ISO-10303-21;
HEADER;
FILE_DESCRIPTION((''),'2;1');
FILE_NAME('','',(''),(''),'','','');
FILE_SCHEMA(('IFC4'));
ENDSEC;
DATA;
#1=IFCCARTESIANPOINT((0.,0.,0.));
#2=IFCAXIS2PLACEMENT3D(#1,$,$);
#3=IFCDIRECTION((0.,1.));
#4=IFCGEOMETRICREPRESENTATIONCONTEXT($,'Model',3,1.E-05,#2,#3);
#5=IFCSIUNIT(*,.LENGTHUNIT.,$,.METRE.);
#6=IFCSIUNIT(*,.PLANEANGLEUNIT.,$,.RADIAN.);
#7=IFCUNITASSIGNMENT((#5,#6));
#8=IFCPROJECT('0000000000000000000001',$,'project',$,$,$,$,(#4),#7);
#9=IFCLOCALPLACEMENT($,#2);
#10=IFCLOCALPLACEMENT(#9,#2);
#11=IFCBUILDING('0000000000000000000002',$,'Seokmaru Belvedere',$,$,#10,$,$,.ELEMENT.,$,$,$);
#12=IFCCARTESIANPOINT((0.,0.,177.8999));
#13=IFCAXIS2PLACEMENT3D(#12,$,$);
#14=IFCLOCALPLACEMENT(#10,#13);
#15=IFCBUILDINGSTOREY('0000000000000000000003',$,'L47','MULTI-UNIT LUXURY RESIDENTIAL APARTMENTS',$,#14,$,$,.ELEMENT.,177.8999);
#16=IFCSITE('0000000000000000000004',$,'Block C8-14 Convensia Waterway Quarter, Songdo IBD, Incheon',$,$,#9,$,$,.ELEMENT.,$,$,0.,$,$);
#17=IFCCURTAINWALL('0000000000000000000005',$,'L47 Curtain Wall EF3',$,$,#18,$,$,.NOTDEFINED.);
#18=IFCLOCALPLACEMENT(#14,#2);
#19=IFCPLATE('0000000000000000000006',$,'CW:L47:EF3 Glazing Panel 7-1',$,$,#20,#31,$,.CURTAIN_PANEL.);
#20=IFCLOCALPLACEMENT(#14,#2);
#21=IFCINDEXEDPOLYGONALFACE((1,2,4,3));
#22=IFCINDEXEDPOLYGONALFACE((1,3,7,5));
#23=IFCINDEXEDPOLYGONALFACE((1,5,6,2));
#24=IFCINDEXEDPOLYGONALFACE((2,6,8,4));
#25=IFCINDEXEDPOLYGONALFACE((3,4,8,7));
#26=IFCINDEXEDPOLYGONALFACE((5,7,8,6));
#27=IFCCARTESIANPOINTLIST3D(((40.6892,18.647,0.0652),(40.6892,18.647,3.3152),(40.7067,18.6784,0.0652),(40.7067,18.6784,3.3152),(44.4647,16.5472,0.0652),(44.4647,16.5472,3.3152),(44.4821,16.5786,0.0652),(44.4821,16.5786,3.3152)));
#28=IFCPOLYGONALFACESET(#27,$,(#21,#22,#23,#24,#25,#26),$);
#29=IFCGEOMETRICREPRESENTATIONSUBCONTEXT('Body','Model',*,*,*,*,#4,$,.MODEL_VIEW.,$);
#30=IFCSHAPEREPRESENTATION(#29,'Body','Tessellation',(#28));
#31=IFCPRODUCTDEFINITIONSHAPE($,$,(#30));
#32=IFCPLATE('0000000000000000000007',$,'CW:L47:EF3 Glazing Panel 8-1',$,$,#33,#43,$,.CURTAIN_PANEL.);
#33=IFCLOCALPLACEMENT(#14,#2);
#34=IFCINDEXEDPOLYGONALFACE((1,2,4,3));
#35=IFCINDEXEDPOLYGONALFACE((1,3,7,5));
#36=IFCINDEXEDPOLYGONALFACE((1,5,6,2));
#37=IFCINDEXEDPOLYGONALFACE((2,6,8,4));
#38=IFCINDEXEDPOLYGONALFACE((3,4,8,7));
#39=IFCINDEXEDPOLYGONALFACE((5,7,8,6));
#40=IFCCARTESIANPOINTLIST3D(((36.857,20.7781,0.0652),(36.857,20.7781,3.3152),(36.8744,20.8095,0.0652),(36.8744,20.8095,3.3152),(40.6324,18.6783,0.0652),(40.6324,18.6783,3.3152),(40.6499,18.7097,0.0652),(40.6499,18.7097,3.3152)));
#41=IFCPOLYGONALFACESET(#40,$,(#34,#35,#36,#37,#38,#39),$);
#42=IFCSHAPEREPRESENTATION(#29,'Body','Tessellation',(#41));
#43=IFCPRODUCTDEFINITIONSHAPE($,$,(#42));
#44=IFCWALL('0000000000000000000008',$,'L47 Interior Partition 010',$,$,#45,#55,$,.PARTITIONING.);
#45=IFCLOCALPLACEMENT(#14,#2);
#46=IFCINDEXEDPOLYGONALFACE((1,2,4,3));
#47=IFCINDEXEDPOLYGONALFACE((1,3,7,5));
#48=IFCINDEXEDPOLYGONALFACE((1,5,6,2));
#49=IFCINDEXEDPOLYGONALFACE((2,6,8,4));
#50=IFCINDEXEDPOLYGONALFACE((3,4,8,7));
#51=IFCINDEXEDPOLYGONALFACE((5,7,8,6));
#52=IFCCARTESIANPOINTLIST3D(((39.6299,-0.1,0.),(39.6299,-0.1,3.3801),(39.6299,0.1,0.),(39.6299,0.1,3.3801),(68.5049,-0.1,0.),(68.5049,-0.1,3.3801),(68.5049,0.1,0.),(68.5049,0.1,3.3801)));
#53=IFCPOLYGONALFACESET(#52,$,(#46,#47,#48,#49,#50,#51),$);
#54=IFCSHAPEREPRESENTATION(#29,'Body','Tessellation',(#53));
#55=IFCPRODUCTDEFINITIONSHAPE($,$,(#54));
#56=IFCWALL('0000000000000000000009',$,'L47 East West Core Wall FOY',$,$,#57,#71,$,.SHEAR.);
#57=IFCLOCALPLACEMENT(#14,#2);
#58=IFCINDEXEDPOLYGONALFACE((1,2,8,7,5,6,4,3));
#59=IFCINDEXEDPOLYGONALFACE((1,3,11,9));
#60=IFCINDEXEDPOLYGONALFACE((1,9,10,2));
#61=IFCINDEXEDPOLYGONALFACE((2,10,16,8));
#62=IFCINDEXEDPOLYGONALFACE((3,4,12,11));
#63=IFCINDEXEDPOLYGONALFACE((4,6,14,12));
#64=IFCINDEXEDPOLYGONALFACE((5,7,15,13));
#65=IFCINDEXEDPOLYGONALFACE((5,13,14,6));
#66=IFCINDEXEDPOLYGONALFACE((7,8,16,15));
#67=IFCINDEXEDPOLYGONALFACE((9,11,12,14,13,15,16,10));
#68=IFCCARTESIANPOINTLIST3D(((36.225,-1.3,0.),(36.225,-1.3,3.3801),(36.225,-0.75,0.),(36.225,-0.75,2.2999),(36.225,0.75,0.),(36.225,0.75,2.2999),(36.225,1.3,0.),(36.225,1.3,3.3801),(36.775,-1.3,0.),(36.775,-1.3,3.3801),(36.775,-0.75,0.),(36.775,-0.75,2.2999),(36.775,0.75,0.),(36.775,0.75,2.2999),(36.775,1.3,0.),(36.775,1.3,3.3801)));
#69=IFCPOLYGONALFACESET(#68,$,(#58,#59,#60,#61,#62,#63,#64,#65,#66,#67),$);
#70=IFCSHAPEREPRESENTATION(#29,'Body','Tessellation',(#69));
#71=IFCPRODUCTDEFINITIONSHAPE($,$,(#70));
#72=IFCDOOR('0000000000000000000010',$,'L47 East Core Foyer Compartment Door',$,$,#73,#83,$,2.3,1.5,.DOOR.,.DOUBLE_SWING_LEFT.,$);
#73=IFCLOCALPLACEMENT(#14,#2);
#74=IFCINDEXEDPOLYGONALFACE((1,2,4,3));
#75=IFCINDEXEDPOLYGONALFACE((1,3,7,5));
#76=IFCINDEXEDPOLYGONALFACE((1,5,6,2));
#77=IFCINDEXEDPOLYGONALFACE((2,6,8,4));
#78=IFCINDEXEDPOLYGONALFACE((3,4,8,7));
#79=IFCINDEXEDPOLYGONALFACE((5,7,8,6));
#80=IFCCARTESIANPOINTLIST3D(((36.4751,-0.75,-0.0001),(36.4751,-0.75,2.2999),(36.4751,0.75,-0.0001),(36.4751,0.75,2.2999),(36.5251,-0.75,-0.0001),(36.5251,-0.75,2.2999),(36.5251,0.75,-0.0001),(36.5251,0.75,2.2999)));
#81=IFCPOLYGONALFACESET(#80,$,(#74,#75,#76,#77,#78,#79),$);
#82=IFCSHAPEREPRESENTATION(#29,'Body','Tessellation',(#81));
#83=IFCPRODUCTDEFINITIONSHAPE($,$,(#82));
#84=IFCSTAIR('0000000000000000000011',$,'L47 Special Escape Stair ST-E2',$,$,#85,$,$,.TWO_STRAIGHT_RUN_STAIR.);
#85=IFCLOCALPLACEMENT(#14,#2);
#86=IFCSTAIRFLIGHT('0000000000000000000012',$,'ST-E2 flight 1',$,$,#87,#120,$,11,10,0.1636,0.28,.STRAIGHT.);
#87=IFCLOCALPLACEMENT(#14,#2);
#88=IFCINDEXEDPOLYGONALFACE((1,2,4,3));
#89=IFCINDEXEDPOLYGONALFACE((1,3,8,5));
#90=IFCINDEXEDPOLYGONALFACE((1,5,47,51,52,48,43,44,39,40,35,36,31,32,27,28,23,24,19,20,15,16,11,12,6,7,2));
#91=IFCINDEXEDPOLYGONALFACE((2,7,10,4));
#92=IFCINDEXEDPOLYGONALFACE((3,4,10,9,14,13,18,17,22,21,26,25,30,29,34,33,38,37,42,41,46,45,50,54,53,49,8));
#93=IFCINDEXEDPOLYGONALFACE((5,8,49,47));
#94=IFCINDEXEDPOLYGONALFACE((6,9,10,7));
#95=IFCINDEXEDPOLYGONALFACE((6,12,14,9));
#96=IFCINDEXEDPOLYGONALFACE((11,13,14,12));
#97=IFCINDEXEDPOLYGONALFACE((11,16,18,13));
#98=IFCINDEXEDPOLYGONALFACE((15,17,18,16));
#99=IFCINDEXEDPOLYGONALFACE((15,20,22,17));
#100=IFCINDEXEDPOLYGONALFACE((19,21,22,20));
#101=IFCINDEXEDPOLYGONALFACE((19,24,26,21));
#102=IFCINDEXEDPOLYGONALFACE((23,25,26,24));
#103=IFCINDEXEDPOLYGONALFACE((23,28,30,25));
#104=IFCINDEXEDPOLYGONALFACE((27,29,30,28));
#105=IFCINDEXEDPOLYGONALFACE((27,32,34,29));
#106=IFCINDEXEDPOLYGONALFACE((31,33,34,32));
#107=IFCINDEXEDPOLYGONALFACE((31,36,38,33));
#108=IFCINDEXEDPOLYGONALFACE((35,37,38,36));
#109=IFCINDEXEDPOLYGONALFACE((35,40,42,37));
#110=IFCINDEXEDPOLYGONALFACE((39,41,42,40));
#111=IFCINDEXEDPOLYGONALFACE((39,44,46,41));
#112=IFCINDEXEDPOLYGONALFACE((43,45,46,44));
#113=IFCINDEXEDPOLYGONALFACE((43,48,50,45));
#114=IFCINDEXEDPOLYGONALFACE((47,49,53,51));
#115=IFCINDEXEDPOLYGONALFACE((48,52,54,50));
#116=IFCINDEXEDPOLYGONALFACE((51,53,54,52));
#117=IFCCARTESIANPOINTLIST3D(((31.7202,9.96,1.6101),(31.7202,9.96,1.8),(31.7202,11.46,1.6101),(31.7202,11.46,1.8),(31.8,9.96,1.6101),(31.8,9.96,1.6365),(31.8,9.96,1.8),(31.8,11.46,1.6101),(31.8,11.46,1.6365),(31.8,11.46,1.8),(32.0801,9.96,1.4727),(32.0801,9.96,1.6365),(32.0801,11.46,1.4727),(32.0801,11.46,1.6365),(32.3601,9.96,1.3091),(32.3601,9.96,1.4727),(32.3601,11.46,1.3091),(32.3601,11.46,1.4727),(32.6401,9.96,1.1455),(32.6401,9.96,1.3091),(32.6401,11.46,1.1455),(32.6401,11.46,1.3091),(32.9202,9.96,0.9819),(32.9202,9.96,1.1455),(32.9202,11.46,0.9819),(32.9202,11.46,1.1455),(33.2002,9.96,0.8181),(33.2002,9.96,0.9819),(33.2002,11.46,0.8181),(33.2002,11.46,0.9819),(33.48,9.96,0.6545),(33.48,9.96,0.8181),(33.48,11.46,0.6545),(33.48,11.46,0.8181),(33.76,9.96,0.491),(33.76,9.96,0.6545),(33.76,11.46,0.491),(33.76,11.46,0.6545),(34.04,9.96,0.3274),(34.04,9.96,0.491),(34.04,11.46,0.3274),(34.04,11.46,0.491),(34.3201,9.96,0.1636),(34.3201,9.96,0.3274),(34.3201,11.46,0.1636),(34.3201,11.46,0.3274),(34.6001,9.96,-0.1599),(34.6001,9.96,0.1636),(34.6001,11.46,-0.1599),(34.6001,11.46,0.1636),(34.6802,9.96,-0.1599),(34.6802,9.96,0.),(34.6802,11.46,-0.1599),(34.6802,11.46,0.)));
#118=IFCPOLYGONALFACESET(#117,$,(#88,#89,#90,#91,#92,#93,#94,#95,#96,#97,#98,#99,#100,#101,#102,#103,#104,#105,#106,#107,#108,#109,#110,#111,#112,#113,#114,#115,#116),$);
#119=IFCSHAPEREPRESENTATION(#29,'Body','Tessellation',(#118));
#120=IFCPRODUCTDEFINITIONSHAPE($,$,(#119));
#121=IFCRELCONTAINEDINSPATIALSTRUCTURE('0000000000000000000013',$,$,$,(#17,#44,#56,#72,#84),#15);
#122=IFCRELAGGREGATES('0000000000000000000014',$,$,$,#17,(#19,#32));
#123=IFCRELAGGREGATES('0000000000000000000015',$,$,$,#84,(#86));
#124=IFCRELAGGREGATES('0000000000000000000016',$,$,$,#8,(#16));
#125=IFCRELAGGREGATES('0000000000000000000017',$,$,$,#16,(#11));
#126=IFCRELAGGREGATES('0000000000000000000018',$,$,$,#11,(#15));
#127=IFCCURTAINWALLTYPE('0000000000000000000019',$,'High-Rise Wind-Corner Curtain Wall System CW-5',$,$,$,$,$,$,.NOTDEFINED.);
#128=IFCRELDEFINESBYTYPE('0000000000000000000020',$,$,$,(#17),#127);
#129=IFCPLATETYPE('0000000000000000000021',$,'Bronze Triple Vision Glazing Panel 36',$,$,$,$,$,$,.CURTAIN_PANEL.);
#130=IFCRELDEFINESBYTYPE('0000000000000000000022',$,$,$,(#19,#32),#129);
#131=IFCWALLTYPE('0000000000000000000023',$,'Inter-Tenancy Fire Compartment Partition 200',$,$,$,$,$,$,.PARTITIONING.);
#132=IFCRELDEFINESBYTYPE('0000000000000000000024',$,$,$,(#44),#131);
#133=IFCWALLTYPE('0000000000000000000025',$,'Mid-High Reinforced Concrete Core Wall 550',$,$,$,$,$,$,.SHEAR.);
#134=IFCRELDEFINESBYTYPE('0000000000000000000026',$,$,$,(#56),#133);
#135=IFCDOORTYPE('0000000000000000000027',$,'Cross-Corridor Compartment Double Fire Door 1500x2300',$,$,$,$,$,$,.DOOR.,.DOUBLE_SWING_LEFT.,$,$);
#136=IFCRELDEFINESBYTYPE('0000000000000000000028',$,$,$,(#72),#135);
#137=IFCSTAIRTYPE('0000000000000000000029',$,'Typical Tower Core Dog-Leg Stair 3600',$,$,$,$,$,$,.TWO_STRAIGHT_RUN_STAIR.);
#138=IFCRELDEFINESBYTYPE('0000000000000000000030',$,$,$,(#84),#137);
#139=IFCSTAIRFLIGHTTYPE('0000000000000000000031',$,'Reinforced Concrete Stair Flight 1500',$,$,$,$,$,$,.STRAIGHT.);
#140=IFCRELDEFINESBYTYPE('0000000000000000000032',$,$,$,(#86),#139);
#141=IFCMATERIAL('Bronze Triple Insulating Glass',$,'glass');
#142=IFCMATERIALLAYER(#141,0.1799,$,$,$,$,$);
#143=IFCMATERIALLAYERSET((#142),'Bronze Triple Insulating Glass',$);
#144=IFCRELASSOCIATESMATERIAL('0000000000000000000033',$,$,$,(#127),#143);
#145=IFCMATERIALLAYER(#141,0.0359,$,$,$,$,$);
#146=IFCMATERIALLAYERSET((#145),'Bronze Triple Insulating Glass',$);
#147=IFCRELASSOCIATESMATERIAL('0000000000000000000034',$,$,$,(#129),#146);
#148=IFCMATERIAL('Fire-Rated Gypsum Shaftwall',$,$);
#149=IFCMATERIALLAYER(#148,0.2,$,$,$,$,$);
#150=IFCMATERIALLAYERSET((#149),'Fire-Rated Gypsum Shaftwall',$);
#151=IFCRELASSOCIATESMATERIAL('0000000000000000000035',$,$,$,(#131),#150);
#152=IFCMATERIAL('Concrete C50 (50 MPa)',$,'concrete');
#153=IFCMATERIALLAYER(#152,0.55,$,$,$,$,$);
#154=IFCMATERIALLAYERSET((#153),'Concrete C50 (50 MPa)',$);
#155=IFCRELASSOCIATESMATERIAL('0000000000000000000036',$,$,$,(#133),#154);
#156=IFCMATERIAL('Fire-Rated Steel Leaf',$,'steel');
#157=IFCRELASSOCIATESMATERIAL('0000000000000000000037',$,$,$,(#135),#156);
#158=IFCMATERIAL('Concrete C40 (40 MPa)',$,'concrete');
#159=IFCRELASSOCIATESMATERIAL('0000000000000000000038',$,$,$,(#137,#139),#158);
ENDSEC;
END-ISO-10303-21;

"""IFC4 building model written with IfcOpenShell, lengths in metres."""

from ifc_helpers import new_model, si_unit, direction, frame, frame_2d, origin, origin_2d, place, context, subcontext, project, spatial, polyline, rectangle, outline, extrude, source, transform, mapped, material, layer, layer_set, type_object, type_shapes, element, fill, aggregate, save


model = new_model("IFC4")

# Units and contexts
model_context = context("Model", 3, precision=1e-05, world=origin(), true_north=direction((0.0, 1.0)))
body_context = subcontext(model_context, "Body", "Model", "MODEL_VIEW")
ifc_project = project(units=[si_unit("LENGTHUNIT", "METRE"), si_unit("PLANEANGLEUNIT", "RADIAN")], contexts=[model_context])

# Site, building, storey
site_placement = place(None, origin())
site = spatial("IfcSite", under=ifc_project, at=site_placement, Name="Block C8-14 Convensia Waterway Quarter, Songdo IBD, Incheon", CompositionType="ELEMENT", RefElevation=0.0)
building_placement = place(site_placement, origin())
building = spatial("IfcBuilding", under=site, at=building_placement, Name="Seokmaru Belvedere", CompositionType="ELEMENT")
storey_placement = place(building_placement, frame((0.0, 0.0, 177.8999)))
storey = spatial("IfcBuildingStorey", under=building, at=storey_placement, Name="L47", Description="MULTI-UNIT LUXURY RESIDENTIAL APARTMENTS", CompositionType="ELEMENT", Elevation=177.8999)

# Curtain wall, plates
ifc_material_1 = material(Name="Bronze Triple Insulating Glass", Category="glass")
ifc_layer_1 = layer(ifc_material_1, 0.1799)
ifc_layer_set_1 = layer_set([ifc_layer_1], Name="Bronze Triple Insulating Glass")
curtain_wall_type = type_object("IfcCurtainWallType", Name="High-Rise Wind-Corner Curtain Wall System CW-5", PredefinedType="NOTDEFINED", material=ifc_layer_set_1)
curtain_wall_placement = place(storey_placement, origin())
curtain_wall = element("IfcCurtainWall", 1, at=curtain_wall_placement, inside=storey, type_object=curtain_wall_type, Name="L47 Curtain Wall EF3", PredefinedType="NOTDEFINED")
ifc_layer_2 = layer(ifc_material_1, 0.0359)
ifc_layer_set_2 = layer_set([ifc_layer_2], Name="Bronze Triple Insulating Glass")
plate_type = type_object("IfcPlateType", Name="Bronze Triple Vision Glazing Panel 36", PredefinedType="CURTAIN_PANEL", material=ifc_layer_set_2)
shared_shape_1 = source(origin(), body_context, "Body", "SweptSolid", [
    extrude(rectangle(XDim=4.3201, YDim=0.0359, at=origin_2d()), origin(), (0.0, 0.0, 1.0), 3.25),
])
plate_1_placement = place(storey_placement, frame((42.5857, 17.6128, 0.0652), z_axis=(0.0, 0.0, 1.0), x_axis=(-0.873933, 0.486047, 0.0)))
plate_1 = element("IfcPlate", 2, at=plate_1_placement, type_object=plate_type, Name="CW:L47:EF3 Glazing Panel 7-1", PredefinedType="CURTAIN_PANEL", context=body_context, shape_type="MappedRepresentation", body=[
    mapped(shared_shape_1, transform((0.0, 0.0, 0.0), scale=1.0)),
])
plate_2_placement = place(storey_placement, frame((38.7534, 19.7439, 0.0652), z_axis=(0.0, 0.0, 1.0), x_axis=(-0.873933, 0.486047, 0.0)))
plate_2 = element("IfcPlate", 3, at=plate_2_placement, type_object=plate_type, Name="CW:L47:EF3 Glazing Panel 8-1", PredefinedType="CURTAIN_PANEL", context=body_context, shape_type="MappedRepresentation", body=[
    mapped(shared_shape_1, transform((0.0, 0.0, 0.0), scale=1.0)),
])
aggregate(curtain_wall, [plate_1, plate_2])

# Wall
ifc_material_2 = material(Name="Fire-Rated Gypsum Shaftwall")
ifc_layer_3 = layer(ifc_material_2, 0.2)
ifc_layer_set_3 = layer_set([ifc_layer_3], Name="Fire-Rated Gypsum Shaftwall")
wall_type_1 = type_object("IfcWallType", Name="Inter-Tenancy Fire Compartment Partition 200", PredefinedType="PARTITIONING", material=ifc_layer_set_3)
wall_1_placement = place(storey_placement, frame((39.6299, 0.0, 0.0), z_axis=(0.0, 0.0, 1.0), x_axis=(1.0, 0.0, 0.0)))
element("IfcWall", 4, at=wall_1_placement, inside=storey, type_object=wall_type_1, Name="L47 Interior Partition 010", PredefinedType="PARTITIONING", context=body_context, shape_type="SweptSolid", body=[
    extrude(rectangle(XDim=28.875, YDim=0.2, at=frame_2d((14.4375, 0.0))), origin(), (0.0, 0.0, 1.0), 3.3801),
])

# Wall, opening, door
ifc_material_3 = material(Name="Concrete C50 (50 MPa)", Category="concrete")
ifc_layer_4 = layer(ifc_material_3, 0.55)
ifc_layer_set_4 = layer_set([ifc_layer_4], Name="Concrete C50 (50 MPa)")
wall_type_2 = type_object("IfcWallType", Name="Mid-High Reinforced Concrete Core Wall 550", PredefinedType="SHEAR", material=ifc_layer_set_4)
wall_2_placement = place(storey_placement, frame((36.5, -1.3, 0.0), z_axis=(0.0, 0.0, 1.0), x_axis=(0.0, 1.0, 0.0)))
wall_2 = element("IfcWall", 5, at=wall_2_placement, inside=storey, type_object=wall_type_2, Name="L47 East West Core Wall FOY", PredefinedType="SHEAR", context=body_context, shape_type="SweptSolid", body=[
    extrude(rectangle(XDim=2.6001, YDim=0.55, at=frame_2d((1.3, 0.0))), origin(), (0.0, 0.0, 1.0), 3.3801),
])
opening_1_placement = place(wall_2_placement, frame((0.55, 0.0, 0.0)))
opening_1 = element("IfcOpeningElement", 6, at=opening_1_placement, cuts=wall_2, PredefinedType="OPENING", context=body_context, shape_type="SweptSolid", body=[
    extrude(rectangle(XDim=1.5, YDim=2.3, at=frame_2d((0.75, 1.1499))), frame((0.0, 0.2852, 0.0), z_axis=(0.0, -1.0, 0.0), x_axis=(1.0, 0.0, 0.0)), (0.0, 0.0, 1.0), 0.5701),
])
ifc_material_4 = material(Name="Fire-Rated Steel Leaf", Category="steel")
door_type_1 = type_object("IfcDoorType", Name="Cross-Corridor Compartment Double Fire Door 1500x2300", OperationType="DOUBLE_SWING_LEFT", PredefinedType="DOOR", material=ifc_material_4)
shared_shape_2 = source(origin(), body_context, "Body", "SweptSolid", [
    extrude(rectangle(XDim=1.5, YDim=2.3, at=frame_2d((0.75, 1.1499))), frame((0.0, 0.0249, 0.0), z_axis=(0.0, -1.0, 0.0), x_axis=(1.0, 0.0, 0.0)), (0.0, 0.0, 1.0), 0.05),
])
type_shapes(door_type_1, [shared_shape_2])
door_1_placement = place(opening_1_placement, origin())
door_1 = element("IfcDoor", 7, at=door_1_placement, inside=storey, type_object=door_type_1, Name="L47 East Core Foyer Compartment Door", OperationType="DOUBLE_SWING_LEFT", OverallHeight=2.3, OverallWidth=1.5, PredefinedType="DOOR", context=body_context, shape_type="MappedRepresentation", body=[
    mapped(shared_shape_2, transform((0.0, 0.0, 0.0), scale=1.0)),
])
fill(opening_1, door_1)

# Stair, stair flight
ifc_material_5 = material(Name="Concrete C40 (40 MPa)", Category="concrete")
stair_type = type_object("IfcStairType", Name="Typical Tower Core Dog-Leg Stair 3600", PredefinedType="TWO_STRAIGHT_RUN_STAIR", material=ifc_material_5)
stair_placement = place(storey_placement, origin())
stair = element("IfcStair", 8, at=stair_placement, inside=storey, type_object=stair_type, Name="L47 Special Escape Stair ST-E2", PredefinedType="TWO_STRAIGHT_RUN_STAIR")
stair_flight_type = type_object("IfcStairFlightType", Name="Reinforced Concrete Stair Flight 1500", PredefinedType="STRAIGHT", material=ifc_material_5)
stair_flight_placement = place(storey_placement, frame((34.6001, 10.71, 0.0), z_axis=(0.0, 0.0, 1.0), x_axis=(-1.0, 0.0, 0.0)))
stair_flight = element("IfcStairFlight", 9, at=stair_flight_placement, type_object=stair_flight_type, Name="ST-E2 flight 1", NumberOfRisers=11, NumberOfTreads=10, PredefinedType="STRAIGHT", RiserHeight=0.1636, TreadLength=0.28, context=body_context, shape_type="SweptSolid", body=[
    extrude(outline(polyline([(-0.0801, 0.0), (0.0, 0.1636), (0.28, 0.1636), (0.28, 0.3274), (0.5601, 0.3274), (0.5601, 0.491), (0.8401, 0.491), (0.8401, 0.6545), (1.1201, 0.6545), (1.1201, 0.8181), (1.3999, 0.8181), (1.3999, 0.9819), (1.6799, 0.9819), (1.6799, 1.1455), (1.96, 1.1455), (1.96, 1.3091), (2.24, 1.3091), (2.24, 1.4727), (2.52, 1.4727), (2.52, 1.6365), (2.8, 1.6365), (2.8, 1.8), (2.8799, 1.8), (2.8799, 1.6101), (2.8, 1.6101), (0.0, -0.1599), (-0.0801, -0.1599), (-0.0801, 0.0)])), frame((0.0, 0.75, 0.0), z_axis=(0.0, -1.0, 0.0), x_axis=(1.0, 0.0, 0.0)), (0.0, 0.0, 1.0), 1.5),
])
aggregate(stair, [stair_flight])

save(model, "model.ifc")
